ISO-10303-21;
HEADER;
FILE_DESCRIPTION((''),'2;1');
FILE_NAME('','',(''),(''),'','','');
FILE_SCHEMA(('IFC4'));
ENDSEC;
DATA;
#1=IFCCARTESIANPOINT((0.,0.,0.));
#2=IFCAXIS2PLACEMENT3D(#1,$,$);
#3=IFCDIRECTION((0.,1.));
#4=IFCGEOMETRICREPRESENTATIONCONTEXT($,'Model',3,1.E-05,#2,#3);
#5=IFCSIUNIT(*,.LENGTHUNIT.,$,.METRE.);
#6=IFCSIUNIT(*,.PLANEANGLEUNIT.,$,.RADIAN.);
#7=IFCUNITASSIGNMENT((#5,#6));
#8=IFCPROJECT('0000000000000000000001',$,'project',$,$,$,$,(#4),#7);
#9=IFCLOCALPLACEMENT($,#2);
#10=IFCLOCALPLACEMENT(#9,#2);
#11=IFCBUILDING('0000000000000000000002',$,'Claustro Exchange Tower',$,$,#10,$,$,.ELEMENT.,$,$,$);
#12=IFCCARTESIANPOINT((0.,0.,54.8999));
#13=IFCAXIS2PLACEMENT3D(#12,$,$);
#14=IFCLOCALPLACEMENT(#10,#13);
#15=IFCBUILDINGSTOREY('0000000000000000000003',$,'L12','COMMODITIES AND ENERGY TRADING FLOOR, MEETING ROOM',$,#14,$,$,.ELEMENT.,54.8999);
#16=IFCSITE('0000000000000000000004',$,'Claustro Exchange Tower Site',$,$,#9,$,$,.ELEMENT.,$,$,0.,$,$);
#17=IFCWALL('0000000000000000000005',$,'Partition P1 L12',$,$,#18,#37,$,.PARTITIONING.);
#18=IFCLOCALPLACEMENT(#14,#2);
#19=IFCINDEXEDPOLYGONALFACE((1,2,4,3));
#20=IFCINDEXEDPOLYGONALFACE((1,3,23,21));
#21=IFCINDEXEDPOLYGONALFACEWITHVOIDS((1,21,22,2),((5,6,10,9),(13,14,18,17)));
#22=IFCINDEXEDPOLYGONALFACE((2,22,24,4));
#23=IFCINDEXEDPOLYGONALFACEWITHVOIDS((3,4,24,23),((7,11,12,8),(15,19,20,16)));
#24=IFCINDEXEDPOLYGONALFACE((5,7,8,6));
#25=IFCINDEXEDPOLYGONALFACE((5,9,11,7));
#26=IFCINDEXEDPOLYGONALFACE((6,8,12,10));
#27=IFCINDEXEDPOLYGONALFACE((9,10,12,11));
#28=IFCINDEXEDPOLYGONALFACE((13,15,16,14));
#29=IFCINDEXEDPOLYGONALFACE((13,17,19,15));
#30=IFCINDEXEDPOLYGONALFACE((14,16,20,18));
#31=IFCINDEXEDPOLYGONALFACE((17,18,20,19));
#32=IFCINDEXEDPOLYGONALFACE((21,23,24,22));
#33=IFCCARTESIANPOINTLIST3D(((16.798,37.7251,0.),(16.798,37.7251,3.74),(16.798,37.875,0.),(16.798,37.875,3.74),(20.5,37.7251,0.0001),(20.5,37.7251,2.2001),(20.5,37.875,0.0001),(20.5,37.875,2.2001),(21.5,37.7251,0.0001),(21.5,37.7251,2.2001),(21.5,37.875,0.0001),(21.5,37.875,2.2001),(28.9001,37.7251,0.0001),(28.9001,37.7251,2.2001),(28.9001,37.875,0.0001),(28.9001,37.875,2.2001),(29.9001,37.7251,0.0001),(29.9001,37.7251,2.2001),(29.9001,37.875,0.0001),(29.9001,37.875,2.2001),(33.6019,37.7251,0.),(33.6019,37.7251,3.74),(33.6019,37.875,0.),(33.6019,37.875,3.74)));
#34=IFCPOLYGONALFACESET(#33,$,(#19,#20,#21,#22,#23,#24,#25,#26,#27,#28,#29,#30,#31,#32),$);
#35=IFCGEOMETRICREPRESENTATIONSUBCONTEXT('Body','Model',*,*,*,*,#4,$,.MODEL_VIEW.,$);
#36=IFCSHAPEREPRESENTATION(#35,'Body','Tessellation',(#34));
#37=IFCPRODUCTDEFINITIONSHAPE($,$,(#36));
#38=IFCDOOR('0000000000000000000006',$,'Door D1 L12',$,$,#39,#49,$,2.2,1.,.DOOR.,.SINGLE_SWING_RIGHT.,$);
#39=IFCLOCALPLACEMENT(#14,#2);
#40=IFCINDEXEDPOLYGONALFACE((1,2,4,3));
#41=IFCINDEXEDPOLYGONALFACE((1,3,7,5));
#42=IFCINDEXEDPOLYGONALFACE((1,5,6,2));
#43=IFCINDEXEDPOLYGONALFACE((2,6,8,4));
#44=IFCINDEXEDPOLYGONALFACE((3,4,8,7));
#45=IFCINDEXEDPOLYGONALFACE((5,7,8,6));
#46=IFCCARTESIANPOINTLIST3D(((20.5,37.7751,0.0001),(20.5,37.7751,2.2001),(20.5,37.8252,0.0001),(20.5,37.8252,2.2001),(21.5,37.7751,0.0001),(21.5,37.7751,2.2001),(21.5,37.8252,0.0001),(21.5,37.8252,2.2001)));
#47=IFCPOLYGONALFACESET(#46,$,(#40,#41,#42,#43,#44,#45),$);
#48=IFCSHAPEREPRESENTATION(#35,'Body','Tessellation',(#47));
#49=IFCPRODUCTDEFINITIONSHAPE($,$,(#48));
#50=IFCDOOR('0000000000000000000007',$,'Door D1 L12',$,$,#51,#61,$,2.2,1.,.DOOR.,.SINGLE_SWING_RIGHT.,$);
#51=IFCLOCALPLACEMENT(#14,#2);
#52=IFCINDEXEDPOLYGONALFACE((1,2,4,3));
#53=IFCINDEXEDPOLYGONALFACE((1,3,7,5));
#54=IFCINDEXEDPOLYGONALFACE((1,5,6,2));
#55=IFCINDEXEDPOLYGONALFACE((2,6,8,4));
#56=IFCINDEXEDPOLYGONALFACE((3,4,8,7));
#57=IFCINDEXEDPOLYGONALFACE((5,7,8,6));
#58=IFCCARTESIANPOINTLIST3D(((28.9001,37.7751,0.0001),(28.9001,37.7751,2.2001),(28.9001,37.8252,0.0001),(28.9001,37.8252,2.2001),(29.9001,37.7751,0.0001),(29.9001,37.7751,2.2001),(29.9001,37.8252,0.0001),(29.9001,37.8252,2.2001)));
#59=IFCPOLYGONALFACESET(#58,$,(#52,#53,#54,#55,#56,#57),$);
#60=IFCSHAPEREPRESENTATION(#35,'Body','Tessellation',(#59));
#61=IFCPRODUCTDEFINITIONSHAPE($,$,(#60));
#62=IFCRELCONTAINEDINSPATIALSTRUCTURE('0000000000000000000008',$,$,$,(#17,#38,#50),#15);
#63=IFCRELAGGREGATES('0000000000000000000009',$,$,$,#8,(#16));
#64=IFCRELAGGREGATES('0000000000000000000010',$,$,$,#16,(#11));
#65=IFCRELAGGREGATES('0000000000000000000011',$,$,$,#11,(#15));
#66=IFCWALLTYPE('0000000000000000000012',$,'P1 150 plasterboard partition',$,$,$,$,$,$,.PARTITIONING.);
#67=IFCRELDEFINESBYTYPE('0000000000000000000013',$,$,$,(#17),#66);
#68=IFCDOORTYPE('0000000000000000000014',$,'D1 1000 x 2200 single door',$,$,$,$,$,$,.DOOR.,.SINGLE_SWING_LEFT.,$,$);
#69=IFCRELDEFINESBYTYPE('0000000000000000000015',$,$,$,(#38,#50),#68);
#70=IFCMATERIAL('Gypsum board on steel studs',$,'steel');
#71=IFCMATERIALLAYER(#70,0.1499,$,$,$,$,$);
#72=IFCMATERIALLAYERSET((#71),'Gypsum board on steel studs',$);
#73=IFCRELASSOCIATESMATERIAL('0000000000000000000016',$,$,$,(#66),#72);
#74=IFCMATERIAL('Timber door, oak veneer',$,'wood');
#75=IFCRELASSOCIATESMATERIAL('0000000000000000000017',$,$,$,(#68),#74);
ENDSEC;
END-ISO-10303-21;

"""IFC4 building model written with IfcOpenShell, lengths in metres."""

from ifc_helpers import new_model, si_unit, direction, frame, frame_2d, origin, place, context, subcontext, project, spatial, rectangle, extrude, material, layer, layer_set, type_object, element, fill, save


model = new_model("IFC4")

# Units and contexts
model_context = context("Model", 3, precision=1e-05, world=origin(), true_north=direction((0.0, 1.0)))
body_context = subcontext(model_context, "Body", "Model", "MODEL_VIEW")
ifc_project = project(units=[si_unit("LENGTHUNIT", "METRE"), si_unit("PLANEANGLEUNIT", "RADIAN")], contexts=[model_context])

# Site, building, storey
site_placement = place(None, origin())
site = spatial("IfcSite", under=ifc_project, at=site_placement, Name="Claustro Exchange Tower Site", CompositionType="ELEMENT", RefElevation=0.0)
building_placement = place(site_placement, origin())
building = spatial("IfcBuilding", under=site, at=building_placement, Name="Claustro Exchange Tower", CompositionType="ELEMENT")
storey_placement = place(building_placement, frame((0.0, 0.0, 54.8999)))
storey = spatial("IfcBuildingStorey", under=building, at=storey_placement, Name="L12", Description="COMMODITIES AND ENERGY TRADING FLOOR, MEETING ROOM", CompositionType="ELEMENT", Elevation=54.8999)

# Shared definitions
ifc_material_1 = material(Name="Gypsum board on steel studs", Category="steel")
ifc_layer = layer(ifc_material_1, 0.1499)
ifc_layer_set = layer_set([ifc_layer], Name="Gypsum board on steel studs")
wall_type = type_object("IfcWallType", Name="P1 150 plasterboard partition", PredefinedType="PARTITIONING", material=ifc_layer_set)

# Shared definitions
ifc_material_2 = material(Name="Timber door, oak veneer", Category="wood")
door_type_1 = type_object("IfcDoorType", Name="D1 1000 x 2200 single door", OperationType="SINGLE_SWING_LEFT", PredefinedType="DOOR", material=ifc_material_2)

# Wall, openings, doors
wall_1_placement = place(storey_placement, frame((16.7981, 37.8, 0.0), z_axis=(0.0, 0.0, 1.0), x_axis=(1.0, 0.0, 0.0)))
wall_1 = element("IfcWall", 1, at=wall_1_placement, inside=storey, type_object=wall_type, Name="Partition P1 L12", PredefinedType="PARTITIONING", context=body_context, shape_type="SweptSolid", body=[
    extrude(rectangle(XDim=16.804, YDim=0.1499, at=frame_2d((8.4019, 0.0))), origin(), (0.0, 0.0, 1.0), 3.74),
])
opening_1_placement = place(wall_1_placement, frame((3.7019, 0.0, 0.0)))
opening_1 = element("IfcOpeningElement", 2, at=opening_1_placement, cuts=wall_1, PredefinedType="OPENING", context=body_context, shape_type="SweptSolid", body=[
    extrude(rectangle(XDim=1.0, YDim=2.2, at=frame_2d((0.5, 1.1001))), frame((0.0, 0.085, 0.0), z_axis=(0.0, -1.0, 0.0), x_axis=(1.0, 0.0, 0.0)), (0.0, 0.0, 1.0), 0.1699),
])
opening_2_placement = place(wall_1_placement, frame((12.1021, 0.0, 0.0)))
opening_2 = element("IfcOpeningElement", 3, at=opening_2_placement, cuts=wall_1, PredefinedType="OPENING", context=body_context, shape_type="SweptSolid", body=[
    extrude(rectangle(XDim=1.0, YDim=2.2, at=frame_2d((0.5, 1.1001))), frame((0.0, 0.085, 0.0), z_axis=(0.0, -1.0, 0.0), x_axis=(1.0, 0.0, 0.0)), (0.0, 0.0, 1.0), 0.1699),
])
door_1_placement = place(opening_1_placement, frame((1.0, 0.0, 0.0), z_axis=(0.0, 0.0, 1.0), x_axis=(-1.0, 0.0, 0.0)))
door_1 = element("IfcDoor", 4, at=door_1_placement, inside=storey, type_object=door_type_1, Name="Door D1 L12", OperationType="SINGLE_SWING_RIGHT", OverallHeight=2.2, OverallWidth=1.0, PredefinedType="DOOR", context=body_context, shape_type="SweptSolid", body=[
    extrude(rectangle(XDim=1.0, YDim=2.2, at=frame_2d((0.5, 1.1001))), frame((0.0, 0.0249, 0.0), z_axis=(0.0, -1.0, 0.0), x_axis=(1.0, 0.0, 0.0)), (0.0, 0.0, 1.0), 0.05),
])
fill(opening_1, door_1)
door_2_placement = place(opening_2_placement, frame((1.0, 0.0, 0.0), z_axis=(0.0, 0.0, 1.0), x_axis=(-1.0, 0.0, 0.0)))
door_2 = element("IfcDoor", 5, at=door_2_placement, inside=storey, type_object=door_type_1, Name="Door D1 L12", OperationType="SINGLE_SWING_RIGHT", OverallHeight=2.2, OverallWidth=1.0, PredefinedType="DOOR", context=body_context, shape_type="SweptSolid", body=[
    extrude(rectangle(XDim=1.0, YDim=2.2, at=frame_2d((0.5, 1.1001))), frame((0.0, 0.0249, 0.0), z_axis=(0.0, -1.0, 0.0), x_axis=(1.0, 0.0, 0.0)), (0.0, 0.0, 1.0), 0.05),
])
fill(opening_2, door_2)

save(model, "model.ifc")
